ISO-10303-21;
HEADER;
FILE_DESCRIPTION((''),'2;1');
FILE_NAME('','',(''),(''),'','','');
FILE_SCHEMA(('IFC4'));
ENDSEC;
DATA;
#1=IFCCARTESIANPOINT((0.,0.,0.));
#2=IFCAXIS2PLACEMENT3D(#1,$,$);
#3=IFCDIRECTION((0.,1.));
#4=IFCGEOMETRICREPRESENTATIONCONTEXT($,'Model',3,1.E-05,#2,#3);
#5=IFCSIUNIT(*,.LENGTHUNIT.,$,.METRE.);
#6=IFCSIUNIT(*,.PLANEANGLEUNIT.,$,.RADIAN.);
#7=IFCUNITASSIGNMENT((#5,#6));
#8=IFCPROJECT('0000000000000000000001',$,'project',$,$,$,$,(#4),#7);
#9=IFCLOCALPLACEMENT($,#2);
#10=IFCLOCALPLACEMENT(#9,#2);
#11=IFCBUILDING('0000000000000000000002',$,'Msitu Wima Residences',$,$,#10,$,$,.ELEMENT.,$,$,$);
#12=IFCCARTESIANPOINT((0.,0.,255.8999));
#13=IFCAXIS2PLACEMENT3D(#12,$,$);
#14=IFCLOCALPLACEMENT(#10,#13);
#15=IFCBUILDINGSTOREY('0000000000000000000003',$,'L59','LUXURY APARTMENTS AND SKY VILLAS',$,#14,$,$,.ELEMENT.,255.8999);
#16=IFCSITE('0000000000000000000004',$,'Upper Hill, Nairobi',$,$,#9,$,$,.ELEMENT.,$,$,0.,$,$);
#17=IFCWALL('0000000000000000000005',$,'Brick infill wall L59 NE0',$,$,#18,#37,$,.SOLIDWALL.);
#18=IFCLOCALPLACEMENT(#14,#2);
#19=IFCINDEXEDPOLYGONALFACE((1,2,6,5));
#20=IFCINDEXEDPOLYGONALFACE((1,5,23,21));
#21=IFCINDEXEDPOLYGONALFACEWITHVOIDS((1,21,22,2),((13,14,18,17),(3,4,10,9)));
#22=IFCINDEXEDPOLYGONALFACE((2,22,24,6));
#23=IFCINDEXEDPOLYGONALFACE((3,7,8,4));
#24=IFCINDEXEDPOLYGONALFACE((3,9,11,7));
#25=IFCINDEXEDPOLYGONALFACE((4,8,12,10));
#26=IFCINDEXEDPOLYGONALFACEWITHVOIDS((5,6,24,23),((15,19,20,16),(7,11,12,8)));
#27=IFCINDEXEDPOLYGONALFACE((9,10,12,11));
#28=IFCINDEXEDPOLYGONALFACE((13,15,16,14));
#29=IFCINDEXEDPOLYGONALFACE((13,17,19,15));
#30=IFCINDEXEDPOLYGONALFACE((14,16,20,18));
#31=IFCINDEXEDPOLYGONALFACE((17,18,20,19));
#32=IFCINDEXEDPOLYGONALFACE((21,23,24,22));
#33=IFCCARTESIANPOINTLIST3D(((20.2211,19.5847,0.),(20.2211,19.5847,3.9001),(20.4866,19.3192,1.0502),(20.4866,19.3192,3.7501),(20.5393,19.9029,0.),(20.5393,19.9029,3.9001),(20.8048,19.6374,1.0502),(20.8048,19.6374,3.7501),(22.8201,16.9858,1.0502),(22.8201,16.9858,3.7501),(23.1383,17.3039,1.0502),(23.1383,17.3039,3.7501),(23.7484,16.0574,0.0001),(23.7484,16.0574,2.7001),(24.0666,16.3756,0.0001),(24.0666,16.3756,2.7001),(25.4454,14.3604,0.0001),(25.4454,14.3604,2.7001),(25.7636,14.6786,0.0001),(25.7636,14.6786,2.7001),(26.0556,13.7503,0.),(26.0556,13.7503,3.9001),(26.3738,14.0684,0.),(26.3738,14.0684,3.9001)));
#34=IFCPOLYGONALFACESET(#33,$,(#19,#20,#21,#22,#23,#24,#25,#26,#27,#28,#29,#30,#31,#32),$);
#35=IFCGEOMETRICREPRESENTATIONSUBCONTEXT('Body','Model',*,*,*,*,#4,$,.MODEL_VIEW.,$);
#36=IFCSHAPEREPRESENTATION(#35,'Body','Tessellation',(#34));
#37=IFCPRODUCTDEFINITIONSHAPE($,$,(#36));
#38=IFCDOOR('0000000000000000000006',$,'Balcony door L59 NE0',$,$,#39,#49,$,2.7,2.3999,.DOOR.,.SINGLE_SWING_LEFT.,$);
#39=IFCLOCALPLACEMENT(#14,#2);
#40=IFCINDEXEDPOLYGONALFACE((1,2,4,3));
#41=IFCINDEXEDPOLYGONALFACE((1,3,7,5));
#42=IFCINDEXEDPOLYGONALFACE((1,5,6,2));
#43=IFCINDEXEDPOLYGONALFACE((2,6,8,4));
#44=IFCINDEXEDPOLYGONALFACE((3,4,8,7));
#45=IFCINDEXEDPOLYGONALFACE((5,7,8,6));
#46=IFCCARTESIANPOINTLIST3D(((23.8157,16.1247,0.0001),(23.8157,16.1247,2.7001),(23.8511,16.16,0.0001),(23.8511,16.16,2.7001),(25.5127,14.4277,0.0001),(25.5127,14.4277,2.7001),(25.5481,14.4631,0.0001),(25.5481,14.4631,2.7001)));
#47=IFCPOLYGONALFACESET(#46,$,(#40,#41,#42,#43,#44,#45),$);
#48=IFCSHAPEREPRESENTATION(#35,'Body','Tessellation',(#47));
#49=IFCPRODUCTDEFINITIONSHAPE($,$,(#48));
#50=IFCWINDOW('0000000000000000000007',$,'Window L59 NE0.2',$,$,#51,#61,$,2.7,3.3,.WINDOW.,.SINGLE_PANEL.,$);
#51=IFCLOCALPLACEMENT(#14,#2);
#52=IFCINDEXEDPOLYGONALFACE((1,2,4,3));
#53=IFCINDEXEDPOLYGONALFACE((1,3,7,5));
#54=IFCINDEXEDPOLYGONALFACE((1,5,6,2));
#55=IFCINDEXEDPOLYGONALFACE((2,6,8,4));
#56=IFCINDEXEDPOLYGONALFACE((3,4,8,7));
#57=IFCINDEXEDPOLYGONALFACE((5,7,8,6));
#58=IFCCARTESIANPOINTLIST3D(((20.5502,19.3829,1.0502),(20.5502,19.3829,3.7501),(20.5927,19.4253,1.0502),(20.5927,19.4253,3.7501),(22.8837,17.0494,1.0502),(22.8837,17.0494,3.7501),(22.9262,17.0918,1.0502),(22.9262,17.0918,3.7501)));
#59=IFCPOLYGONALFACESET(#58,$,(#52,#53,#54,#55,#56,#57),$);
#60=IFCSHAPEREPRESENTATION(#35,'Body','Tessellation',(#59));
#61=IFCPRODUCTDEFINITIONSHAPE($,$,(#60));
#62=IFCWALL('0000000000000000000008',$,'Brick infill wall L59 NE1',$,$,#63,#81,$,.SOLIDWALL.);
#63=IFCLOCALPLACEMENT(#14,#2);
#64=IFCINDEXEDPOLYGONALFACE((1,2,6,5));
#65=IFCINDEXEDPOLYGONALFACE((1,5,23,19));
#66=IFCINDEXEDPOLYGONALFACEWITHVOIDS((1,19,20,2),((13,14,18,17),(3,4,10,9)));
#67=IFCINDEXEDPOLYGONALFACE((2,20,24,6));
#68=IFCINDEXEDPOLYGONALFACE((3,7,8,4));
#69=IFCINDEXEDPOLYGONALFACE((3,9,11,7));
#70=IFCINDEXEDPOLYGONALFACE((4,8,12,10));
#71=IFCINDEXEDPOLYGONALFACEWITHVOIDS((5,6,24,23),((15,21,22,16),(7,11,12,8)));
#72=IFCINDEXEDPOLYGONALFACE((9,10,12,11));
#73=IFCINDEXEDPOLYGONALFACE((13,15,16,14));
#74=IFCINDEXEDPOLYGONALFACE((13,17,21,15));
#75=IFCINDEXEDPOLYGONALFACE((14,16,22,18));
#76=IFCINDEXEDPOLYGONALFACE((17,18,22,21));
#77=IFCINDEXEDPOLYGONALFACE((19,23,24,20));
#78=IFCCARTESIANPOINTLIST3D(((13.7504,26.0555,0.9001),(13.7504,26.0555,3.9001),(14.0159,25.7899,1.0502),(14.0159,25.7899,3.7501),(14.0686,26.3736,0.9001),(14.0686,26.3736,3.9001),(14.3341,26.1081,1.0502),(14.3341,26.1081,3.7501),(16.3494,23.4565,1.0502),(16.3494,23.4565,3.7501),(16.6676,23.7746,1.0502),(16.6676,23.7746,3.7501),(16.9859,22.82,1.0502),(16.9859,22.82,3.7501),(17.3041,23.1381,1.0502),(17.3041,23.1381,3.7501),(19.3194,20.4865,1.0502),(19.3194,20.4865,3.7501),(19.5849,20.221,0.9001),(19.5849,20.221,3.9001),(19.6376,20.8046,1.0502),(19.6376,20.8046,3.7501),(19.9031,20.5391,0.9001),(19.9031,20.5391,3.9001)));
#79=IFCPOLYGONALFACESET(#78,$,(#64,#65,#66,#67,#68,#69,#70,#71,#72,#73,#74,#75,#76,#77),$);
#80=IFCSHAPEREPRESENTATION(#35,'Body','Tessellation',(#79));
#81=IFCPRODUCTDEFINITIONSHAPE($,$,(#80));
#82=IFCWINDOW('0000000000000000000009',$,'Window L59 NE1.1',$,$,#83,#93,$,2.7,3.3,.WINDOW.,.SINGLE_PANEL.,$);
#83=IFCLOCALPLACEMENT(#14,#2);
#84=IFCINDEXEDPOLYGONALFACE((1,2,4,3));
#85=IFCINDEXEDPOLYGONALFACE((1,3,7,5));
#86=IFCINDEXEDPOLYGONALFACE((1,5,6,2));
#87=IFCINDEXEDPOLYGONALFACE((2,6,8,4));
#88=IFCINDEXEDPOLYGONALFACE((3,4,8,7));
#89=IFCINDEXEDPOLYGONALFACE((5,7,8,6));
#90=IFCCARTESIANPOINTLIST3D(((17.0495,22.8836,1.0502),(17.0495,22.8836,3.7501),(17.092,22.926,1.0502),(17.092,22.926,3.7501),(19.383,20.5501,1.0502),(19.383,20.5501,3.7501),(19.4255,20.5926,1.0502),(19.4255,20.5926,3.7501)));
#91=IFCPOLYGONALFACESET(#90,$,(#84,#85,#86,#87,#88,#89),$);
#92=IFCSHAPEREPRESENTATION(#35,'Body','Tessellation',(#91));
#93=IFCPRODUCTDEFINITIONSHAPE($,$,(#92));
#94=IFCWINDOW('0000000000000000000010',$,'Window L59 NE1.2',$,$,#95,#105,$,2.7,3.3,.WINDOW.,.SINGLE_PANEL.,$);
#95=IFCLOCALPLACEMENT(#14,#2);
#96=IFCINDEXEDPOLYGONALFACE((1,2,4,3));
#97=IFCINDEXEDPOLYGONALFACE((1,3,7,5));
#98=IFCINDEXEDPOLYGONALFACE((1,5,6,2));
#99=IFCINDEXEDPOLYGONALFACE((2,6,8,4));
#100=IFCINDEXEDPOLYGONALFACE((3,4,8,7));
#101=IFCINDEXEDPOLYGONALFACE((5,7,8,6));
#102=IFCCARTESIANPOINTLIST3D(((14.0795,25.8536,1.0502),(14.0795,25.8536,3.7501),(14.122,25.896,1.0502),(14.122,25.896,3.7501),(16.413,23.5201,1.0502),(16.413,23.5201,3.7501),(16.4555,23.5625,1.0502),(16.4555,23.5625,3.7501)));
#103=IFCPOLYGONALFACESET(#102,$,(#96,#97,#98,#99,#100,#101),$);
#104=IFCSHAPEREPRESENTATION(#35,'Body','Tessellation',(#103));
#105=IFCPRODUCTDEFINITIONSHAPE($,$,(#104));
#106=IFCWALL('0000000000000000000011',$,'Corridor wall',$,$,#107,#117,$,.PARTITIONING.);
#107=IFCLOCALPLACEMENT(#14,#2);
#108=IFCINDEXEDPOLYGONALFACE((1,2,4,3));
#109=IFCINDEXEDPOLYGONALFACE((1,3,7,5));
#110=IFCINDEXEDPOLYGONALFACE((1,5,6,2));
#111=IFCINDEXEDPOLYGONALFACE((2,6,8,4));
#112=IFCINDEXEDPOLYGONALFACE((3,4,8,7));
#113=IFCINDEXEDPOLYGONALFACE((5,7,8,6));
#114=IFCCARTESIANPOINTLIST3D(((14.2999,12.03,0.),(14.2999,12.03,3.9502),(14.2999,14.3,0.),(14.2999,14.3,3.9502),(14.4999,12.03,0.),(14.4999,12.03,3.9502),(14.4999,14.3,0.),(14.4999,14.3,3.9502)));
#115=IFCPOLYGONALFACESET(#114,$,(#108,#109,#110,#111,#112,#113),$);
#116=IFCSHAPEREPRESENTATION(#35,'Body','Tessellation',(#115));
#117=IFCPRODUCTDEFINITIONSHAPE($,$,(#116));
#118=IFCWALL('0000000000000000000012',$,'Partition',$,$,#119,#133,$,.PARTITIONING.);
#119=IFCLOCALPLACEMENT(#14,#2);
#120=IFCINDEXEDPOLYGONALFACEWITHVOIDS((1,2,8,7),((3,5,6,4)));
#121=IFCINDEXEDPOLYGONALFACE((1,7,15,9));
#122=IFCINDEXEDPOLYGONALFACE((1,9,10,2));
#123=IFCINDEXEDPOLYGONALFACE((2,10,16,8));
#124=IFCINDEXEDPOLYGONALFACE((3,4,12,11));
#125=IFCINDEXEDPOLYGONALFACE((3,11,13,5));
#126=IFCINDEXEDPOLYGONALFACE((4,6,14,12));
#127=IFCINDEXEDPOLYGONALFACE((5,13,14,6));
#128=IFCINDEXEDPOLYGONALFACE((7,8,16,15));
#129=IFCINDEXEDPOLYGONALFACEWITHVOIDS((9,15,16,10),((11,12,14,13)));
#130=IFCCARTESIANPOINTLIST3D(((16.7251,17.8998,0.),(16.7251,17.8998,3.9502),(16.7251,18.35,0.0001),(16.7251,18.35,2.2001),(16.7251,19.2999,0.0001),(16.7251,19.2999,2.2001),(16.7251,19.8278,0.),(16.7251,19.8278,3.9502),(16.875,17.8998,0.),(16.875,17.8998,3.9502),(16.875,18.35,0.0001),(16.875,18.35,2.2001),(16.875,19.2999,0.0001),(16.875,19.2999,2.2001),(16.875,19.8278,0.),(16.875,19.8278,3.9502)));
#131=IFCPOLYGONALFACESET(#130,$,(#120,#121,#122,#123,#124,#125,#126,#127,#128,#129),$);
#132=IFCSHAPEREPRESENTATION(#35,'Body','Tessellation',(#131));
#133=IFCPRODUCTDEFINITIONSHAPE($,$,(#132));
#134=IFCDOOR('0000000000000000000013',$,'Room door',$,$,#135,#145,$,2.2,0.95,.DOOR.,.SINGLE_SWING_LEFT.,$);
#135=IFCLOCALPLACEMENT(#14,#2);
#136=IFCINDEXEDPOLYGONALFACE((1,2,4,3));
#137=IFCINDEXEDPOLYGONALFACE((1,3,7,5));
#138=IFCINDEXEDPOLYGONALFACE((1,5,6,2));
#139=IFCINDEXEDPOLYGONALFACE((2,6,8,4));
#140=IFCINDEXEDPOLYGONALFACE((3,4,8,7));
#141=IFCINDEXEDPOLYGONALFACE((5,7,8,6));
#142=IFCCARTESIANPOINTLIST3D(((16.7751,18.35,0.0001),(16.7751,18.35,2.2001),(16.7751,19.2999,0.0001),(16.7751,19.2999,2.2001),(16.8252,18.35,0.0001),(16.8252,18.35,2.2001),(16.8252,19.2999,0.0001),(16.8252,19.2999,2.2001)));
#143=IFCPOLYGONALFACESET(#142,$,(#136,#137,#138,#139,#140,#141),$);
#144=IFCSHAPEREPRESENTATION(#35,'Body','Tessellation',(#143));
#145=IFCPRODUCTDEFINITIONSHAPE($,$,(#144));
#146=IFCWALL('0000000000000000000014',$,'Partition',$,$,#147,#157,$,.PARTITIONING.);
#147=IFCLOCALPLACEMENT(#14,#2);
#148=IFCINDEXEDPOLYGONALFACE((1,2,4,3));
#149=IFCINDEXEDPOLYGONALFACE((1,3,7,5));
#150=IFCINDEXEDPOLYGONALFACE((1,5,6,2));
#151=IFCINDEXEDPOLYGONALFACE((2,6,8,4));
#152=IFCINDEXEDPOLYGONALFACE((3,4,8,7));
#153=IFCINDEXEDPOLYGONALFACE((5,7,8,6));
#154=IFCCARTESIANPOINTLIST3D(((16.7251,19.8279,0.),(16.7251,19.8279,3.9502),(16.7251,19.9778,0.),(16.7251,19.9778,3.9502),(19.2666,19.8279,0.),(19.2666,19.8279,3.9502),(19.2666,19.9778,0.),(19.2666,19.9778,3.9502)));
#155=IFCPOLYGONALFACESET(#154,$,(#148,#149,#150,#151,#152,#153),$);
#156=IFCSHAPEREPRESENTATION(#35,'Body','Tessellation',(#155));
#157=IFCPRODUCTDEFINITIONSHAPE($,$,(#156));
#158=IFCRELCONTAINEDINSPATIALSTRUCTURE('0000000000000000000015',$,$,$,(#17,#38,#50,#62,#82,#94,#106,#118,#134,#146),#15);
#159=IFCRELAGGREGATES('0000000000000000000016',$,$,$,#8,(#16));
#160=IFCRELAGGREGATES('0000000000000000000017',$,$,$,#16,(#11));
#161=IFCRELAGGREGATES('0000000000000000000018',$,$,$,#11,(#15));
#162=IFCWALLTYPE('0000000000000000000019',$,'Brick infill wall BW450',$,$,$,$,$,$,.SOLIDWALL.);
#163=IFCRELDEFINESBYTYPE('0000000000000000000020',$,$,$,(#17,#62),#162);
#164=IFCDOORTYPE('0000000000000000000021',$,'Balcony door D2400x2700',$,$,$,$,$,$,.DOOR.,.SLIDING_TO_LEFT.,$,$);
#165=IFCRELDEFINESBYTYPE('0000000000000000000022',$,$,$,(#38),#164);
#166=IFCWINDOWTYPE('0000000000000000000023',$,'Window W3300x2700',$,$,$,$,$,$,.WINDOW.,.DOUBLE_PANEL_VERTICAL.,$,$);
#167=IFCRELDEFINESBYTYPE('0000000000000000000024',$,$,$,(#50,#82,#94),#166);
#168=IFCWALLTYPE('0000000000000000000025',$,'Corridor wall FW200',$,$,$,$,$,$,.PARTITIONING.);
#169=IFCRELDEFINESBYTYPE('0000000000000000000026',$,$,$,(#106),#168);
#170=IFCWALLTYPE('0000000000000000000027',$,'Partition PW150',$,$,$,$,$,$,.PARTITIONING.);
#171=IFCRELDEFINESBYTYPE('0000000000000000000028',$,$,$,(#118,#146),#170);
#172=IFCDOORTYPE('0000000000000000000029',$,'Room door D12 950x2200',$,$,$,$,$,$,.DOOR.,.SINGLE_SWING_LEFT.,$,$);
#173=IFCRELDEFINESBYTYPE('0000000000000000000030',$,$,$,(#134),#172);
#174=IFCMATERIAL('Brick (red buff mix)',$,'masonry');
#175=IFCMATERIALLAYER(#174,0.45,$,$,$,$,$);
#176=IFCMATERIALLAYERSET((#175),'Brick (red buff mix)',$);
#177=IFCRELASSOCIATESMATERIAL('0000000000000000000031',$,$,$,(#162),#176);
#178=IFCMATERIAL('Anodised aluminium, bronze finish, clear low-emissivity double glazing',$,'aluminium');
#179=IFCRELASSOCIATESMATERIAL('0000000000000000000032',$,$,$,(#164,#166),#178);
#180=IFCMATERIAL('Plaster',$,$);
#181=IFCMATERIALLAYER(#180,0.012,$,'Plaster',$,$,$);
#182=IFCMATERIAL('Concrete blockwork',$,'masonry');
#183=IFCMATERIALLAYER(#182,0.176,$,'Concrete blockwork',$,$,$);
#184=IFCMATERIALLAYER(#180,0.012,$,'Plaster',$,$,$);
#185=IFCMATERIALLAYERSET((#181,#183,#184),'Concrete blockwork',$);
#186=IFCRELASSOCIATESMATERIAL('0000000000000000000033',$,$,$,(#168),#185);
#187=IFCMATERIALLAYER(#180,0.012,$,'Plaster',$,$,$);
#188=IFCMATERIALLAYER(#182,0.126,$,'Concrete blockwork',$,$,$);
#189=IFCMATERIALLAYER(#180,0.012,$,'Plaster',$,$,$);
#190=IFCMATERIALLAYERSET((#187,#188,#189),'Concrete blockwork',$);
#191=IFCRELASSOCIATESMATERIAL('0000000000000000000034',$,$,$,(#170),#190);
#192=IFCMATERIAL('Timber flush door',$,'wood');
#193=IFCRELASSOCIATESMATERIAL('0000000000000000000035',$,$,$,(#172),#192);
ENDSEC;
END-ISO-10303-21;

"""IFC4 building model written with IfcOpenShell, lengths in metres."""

from ifc_helpers import new_model, si_unit, direction, frame, frame_2d, origin, place, context, subcontext, project, spatial, rectangle, extrude, material, layer, layer_set, type_object, element, fill, save


model = new_model("IFC4")

# Units and contexts
model_context = context("Model", 3, precision=1e-05, world=origin(), true_north=direction((0.0, 1.0)))
body_context = subcontext(model_context, "Body", "Model", "MODEL_VIEW")
ifc_project = project(units=[si_unit("LENGTHUNIT", "METRE"), si_unit("PLANEANGLEUNIT", "RADIAN")], contexts=[model_context])

# Site, building, storey
site_placement = place(None, origin())
site = spatial("IfcSite", under=ifc_project, at=site_placement, Name="Upper Hill, Nairobi", CompositionType="ELEMENT", RefElevation=0.0)
building_placement = place(site_placement, origin())
building = spatial("IfcBuilding", under=site, at=building_placement, Name="Msitu Wima Residences", CompositionType="ELEMENT")
storey_placement = place(building_placement, frame((0.0, 0.0, 255.8999)))
storey = spatial("IfcBuildingStorey", under=building, at=storey_placement, Name="L59", Description="LUXURY APARTMENTS AND SKY VILLAS", CompositionType="ELEMENT", Elevation=255.8999)

# Wall, openings, door, window
ifc_material_1 = material(Name="Brick (red buff mix)", Category="masonry")
ifc_layer_1 = layer(ifc_material_1, 0.45)
ifc_layer_set_1 = layer_set([ifc_layer_1], Name="Brick (red buff mix)")
wall_type_1 = type_object("IfcWallType", Name="Brick infill wall BW450", PredefinedType="SOLIDWALL", material=ifc_layer_set_1)
wall_1_placement = place(storey_placement, frame((26.2146, 13.9094, 0.0), z_axis=(0.0, 0.0, 1.0), x_axis=(-0.707107, 0.707107, 0.0)))
wall_1 = element("IfcWall", 1, at=wall_1_placement, inside=storey, type_object=wall_type_1, Name="Brick infill wall L59 NE0", PredefinedType="SOLIDWALL", context=body_context, shape_type="SweptSolid", body=[
    extrude(rectangle(XDim=8.2512, YDim=0.45, at=frame_2d((4.1255, 0.0))), origin(), (0.0, 0.0, 1.0), 3.9001),
])
opening_1_placement = place(wall_1_placement, frame((0.8628, 0.0, 0.0)))
opening_1 = element("IfcOpeningElement", 2, at=opening_1_placement, cuts=wall_1, PredefinedType="OPENING", context=body_context, shape_type="SweptSolid", body=[
    extrude(rectangle(XDim=2.3999, YDim=2.7, at=frame_2d((1.2, 1.3501))), frame((0.0, 0.2349, 0.0), z_axis=(0.0, -1.0, 0.0), x_axis=(1.0, 0.0, 0.0)), (0.0, 0.0, 1.0), 0.47),
])
opening_2_placement = place(wall_1_placement, frame((4.5757, 0.0, 1.05)))
opening_2 = element("IfcOpeningElement", 3, at=opening_2_placement, cuts=wall_1, PredefinedType="OPENING", context=body_context, shape_type="SweptSolid", body=[
    extrude(rectangle(XDim=3.3, YDim=2.7, at=frame_2d((1.6499, 1.3501))), frame((0.0, 0.2349, 0.0), z_axis=(0.0, -1.0, 0.0), x_axis=(1.0, 0.0, 0.0)), (0.0, 0.0, 1.0), 0.47),
])
ifc_material_2 = material(Name="Anodised aluminium, bronze finish, clear low-emissivity double glazing", Category="aluminium")
door_type_1 = type_object("IfcDoorType", Name="Balcony door D2400x2700", OperationType="SLIDING_TO_LEFT", PredefinedType="DOOR", material=ifc_material_2)
door_1_placement = place(opening_1_placement, origin())
door_1 = element("IfcDoor", 4, at=door_1_placement, inside=storey, type_object=door_type_1, Name="Balcony door L59 NE0", OperationType="SINGLE_SWING_LEFT", OverallHeight=2.7, OverallWidth=2.3999, PredefinedType="DOOR", context=body_context, shape_type="SweptSolid", body=[
    extrude(rectangle(XDim=2.3999, YDim=2.7, at=frame_2d((1.2, 1.3501))), frame((0.0, 0.1299, 0.0), z_axis=(0.0, -1.0, 0.0), x_axis=(1.0, 0.0, 0.0)), (0.0, 0.0, 1.0), 0.05),
])
fill(opening_1, door_1)
window_type = type_object("IfcWindowType", Name="Window W3300x2700", PartitioningType="DOUBLE_PANEL_VERTICAL", PredefinedType="WINDOW", material=ifc_material_2)
window_1_placement = place(opening_2_placement, origin())
window_1 = element("IfcWindow", 5, at=window_1_placement, inside=storey, type_object=window_type, Name="Window L59 NE0.2", OverallHeight=2.7, OverallWidth=3.3, PartitioningType="SINGLE_PANEL", PredefinedType="WINDOW", context=body_context, shape_type="SweptSolid", body=[
    extrude(rectangle(XDim=3.3, YDim=2.7, at=frame_2d((1.6499, 1.3501))), frame((0.0, 0.135, 0.0), z_axis=(0.0, -1.0, 0.0), x_axis=(1.0, 0.0, 0.0)), (0.0, 0.0, 1.0), 0.0601),
])
fill(opening_2, window_1)

# Wall, openings, windows
wall_2_placement = place(storey_placement, frame((19.7439, 20.3801, 0.9001), z_axis=(0.0, 0.0, 1.0), x_axis=(-0.707107, 0.707107, 0.0)))
wall_2 = element("IfcWall", 6, at=wall_2_placement, inside=storey, type_object=wall_type_1, Name="Brick infill wall L59 NE1", PredefinedType="SOLIDWALL", context=body_context, shape_type="SweptSolid", body=[
    extrude(rectangle(XDim=8.2512, YDim=0.45, at=frame_2d((4.1255, 0.0))), origin(), (0.0, 0.0, 1.0), 3.0),
])
opening_3_placement = place(wall_2_placement, frame((0.3755, 0.0, 0.1499)))
opening_3 = element("IfcOpeningElement", 7, at=opening_3_placement, cuts=wall_2, PredefinedType="OPENING", context=body_context, shape_type="SweptSolid", body=[
    extrude(rectangle(XDim=3.3, YDim=2.7, at=frame_2d((1.6499, 1.3501))), frame((0.0, 0.2349, 0.0), z_axis=(0.0, -1.0, 0.0), x_axis=(1.0, 0.0, 0.0)), (0.0, 0.0, 1.0), 0.47),
])
opening_4_placement = place(wall_2_placement, frame((4.5757, 0.0, 0.1499)))
opening_4 = element("IfcOpeningElement", 8, at=opening_4_placement, cuts=wall_2, PredefinedType="OPENING", context=body_context, shape_type="SweptSolid", body=[
    extrude(rectangle(XDim=3.3, YDim=2.7, at=frame_2d((1.6499, 1.3501))), frame((0.0, 0.2349, 0.0), z_axis=(0.0, -1.0, 0.0), x_axis=(1.0, 0.0, 0.0)), (0.0, 0.0, 1.0), 0.47),
])
window_2_placement = place(opening_3_placement, origin())
window_2 = element("IfcWindow", 9, at=window_2_placement, inside=storey, type_object=window_type, Name="Window L59 NE1.1", OverallHeight=2.7, OverallWidth=3.3, PartitioningType="SINGLE_PANEL", PredefinedType="WINDOW", context=body_context, shape_type="SweptSolid", body=[
    extrude(rectangle(XDim=3.3, YDim=2.7, at=frame_2d((1.6499, 1.3501))), frame((0.0, 0.135, 0.0), z_axis=(0.0, -1.0, 0.0), x_axis=(1.0, 0.0, 0.0)), (0.0, 0.0, 1.0), 0.0601),
])
fill(opening_3, window_2)
window_3_placement = place(opening_4_placement, origin())
window_3 = element("IfcWindow", 10, at=window_3_placement, inside=storey, type_object=window_type, Name="Window L59 NE1.2", OverallHeight=2.7, OverallWidth=3.3, PartitioningType="SINGLE_PANEL", PredefinedType="WINDOW", context=body_context, shape_type="SweptSolid", body=[
    extrude(rectangle(XDim=3.3, YDim=2.7, at=frame_2d((1.6499, 1.3501))), frame((0.0, 0.135, 0.0), z_axis=(0.0, -1.0, 0.0), x_axis=(1.0, 0.0, 0.0)), (0.0, 0.0, 1.0), 0.0601),
])
fill(opening_4, window_3)

# Wall
ifc_material_3 = material(Name="Plaster")
ifc_layer_2 = layer(ifc_material_3, 0.012, Name="Plaster")
ifc_material_4 = material(Name="Concrete blockwork", Category="masonry")
ifc_layer_3 = layer(ifc_material_4, 0.176, Name="Concrete blockwork")
ifc_layer_4 = layer(ifc_material_3, 0.012, Name="Plaster")
ifc_layer_set_2 = layer_set([ifc_layer_2, ifc_layer_3, ifc_layer_4], Name="Concrete blockwork")
wall_type_2 = type_object("IfcWallType", Name="Corridor wall FW200", PredefinedType="PARTITIONING", material=ifc_layer_set_2)
wall_3_placement = place(storey_placement, frame((14.3999, 12.03, 0.0), z_axis=(0.0, 0.0, 1.0), x_axis=(0.0, 1.0, 0.0)))
element("IfcWall", 11, at=wall_3_placement, inside=storey, type_object=wall_type_2, Name="Corridor wall", PredefinedType="PARTITIONING", context=body_context, shape_type="SweptSolid", body=[
    extrude(rectangle(XDim=2.27, YDim=0.2, at=frame_2d((1.135, 0.0))), origin(), (0.0, 0.0, 1.0), 3.9502),
])

# Wall, opening, door
ifc_layer_5 = layer(ifc_material_3, 0.012, Name="Plaster")
ifc_layer_6 = layer(ifc_material_4, 0.126, Name="Concrete blockwork")
ifc_layer_7 = layer(ifc_material_3, 0.012, Name="Plaster")
ifc_layer_set_3 = layer_set([ifc_layer_5, ifc_layer_6, ifc_layer_7], Name="Concrete blockwork")
wall_type_3 = type_object("IfcWallType", Name="Partition PW150", PredefinedType="PARTITIONING", material=ifc_layer_set_3)
wall_4_placement = place(storey_placement, frame((16.8, 17.8999, 0.0), z_axis=(0.0, 0.0, 1.0), x_axis=(0.0, 1.0, 0.0)))
wall_4 = element("IfcWall", 12, at=wall_4_placement, inside=storey, type_object=wall_type_3, Name="Partition", PredefinedType="PARTITIONING", context=body_context, shape_type="SweptSolid", body=[
    extrude(rectangle(XDim=1.928, YDim=0.1499, at=frame_2d((0.9639, 0.0))), origin(), (0.0, 0.0, 1.0), 3.9502),
])
opening_5_placement = place(wall_4_placement, frame((0.45, 0.0, 0.0)))
opening_5 = element("IfcOpeningElement", 13, at=opening_5_placement, cuts=wall_4, PredefinedType="OPENING", context=body_context, shape_type="SweptSolid", body=[
    extrude(rectangle(XDim=0.95, YDim=2.2, at=frame_2d((0.4751, 1.1001))), frame((0.0, 0.085, 0.0), z_axis=(0.0, -1.0, 0.0), x_axis=(1.0, 0.0, 0.0)), (0.0, 0.0, 1.0), 0.1699),
])
ifc_material_5 = material(Name="Timber flush door", Category="wood")
door_type_2 = type_object("IfcDoorType", Name="Room door D12 950x2200", OperationType="SINGLE_SWING_LEFT", PredefinedType="DOOR", material=ifc_material_5)
door_2_placement = place(opening_5_placement, origin())
door_2 = element("IfcDoor", 14, at=door_2_placement, inside=storey, type_object=door_type_2, Name="Room door", OperationType="SINGLE_SWING_LEFT", OverallHeight=2.2, OverallWidth=0.95, PredefinedType="DOOR", context=body_context, shape_type="SweptSolid", body=[
    extrude(rectangle(XDim=0.95, YDim=2.2, at=frame_2d((0.4751, 1.1001))), frame((0.0, 0.0249, 0.0), z_axis=(0.0, -1.0, 0.0), x_axis=(1.0, 0.0, 0.0)), (0.0, 0.0, 1.0), 0.05),
])
fill(opening_5, door_2)

# Wall
wall_5_placement = place(storey_placement, frame((16.7251, 19.9028, 0.0), z_axis=(0.0, 0.0, 1.0), x_axis=(1.0, 0.0, 0.0)))
element("IfcWall", 15, at=wall_5_placement, inside=storey, type_object=wall_type_3, Name="Partition", PredefinedType="PARTITIONING", context=body_context, shape_type="SweptSolid", body=[
    extrude(rectangle(XDim=2.5415, YDim=0.1499, at=frame_2d((1.2708, 0.0))), origin(), (0.0, 0.0, 1.0), 3.9502),
])

save(model, "model.ifc")
